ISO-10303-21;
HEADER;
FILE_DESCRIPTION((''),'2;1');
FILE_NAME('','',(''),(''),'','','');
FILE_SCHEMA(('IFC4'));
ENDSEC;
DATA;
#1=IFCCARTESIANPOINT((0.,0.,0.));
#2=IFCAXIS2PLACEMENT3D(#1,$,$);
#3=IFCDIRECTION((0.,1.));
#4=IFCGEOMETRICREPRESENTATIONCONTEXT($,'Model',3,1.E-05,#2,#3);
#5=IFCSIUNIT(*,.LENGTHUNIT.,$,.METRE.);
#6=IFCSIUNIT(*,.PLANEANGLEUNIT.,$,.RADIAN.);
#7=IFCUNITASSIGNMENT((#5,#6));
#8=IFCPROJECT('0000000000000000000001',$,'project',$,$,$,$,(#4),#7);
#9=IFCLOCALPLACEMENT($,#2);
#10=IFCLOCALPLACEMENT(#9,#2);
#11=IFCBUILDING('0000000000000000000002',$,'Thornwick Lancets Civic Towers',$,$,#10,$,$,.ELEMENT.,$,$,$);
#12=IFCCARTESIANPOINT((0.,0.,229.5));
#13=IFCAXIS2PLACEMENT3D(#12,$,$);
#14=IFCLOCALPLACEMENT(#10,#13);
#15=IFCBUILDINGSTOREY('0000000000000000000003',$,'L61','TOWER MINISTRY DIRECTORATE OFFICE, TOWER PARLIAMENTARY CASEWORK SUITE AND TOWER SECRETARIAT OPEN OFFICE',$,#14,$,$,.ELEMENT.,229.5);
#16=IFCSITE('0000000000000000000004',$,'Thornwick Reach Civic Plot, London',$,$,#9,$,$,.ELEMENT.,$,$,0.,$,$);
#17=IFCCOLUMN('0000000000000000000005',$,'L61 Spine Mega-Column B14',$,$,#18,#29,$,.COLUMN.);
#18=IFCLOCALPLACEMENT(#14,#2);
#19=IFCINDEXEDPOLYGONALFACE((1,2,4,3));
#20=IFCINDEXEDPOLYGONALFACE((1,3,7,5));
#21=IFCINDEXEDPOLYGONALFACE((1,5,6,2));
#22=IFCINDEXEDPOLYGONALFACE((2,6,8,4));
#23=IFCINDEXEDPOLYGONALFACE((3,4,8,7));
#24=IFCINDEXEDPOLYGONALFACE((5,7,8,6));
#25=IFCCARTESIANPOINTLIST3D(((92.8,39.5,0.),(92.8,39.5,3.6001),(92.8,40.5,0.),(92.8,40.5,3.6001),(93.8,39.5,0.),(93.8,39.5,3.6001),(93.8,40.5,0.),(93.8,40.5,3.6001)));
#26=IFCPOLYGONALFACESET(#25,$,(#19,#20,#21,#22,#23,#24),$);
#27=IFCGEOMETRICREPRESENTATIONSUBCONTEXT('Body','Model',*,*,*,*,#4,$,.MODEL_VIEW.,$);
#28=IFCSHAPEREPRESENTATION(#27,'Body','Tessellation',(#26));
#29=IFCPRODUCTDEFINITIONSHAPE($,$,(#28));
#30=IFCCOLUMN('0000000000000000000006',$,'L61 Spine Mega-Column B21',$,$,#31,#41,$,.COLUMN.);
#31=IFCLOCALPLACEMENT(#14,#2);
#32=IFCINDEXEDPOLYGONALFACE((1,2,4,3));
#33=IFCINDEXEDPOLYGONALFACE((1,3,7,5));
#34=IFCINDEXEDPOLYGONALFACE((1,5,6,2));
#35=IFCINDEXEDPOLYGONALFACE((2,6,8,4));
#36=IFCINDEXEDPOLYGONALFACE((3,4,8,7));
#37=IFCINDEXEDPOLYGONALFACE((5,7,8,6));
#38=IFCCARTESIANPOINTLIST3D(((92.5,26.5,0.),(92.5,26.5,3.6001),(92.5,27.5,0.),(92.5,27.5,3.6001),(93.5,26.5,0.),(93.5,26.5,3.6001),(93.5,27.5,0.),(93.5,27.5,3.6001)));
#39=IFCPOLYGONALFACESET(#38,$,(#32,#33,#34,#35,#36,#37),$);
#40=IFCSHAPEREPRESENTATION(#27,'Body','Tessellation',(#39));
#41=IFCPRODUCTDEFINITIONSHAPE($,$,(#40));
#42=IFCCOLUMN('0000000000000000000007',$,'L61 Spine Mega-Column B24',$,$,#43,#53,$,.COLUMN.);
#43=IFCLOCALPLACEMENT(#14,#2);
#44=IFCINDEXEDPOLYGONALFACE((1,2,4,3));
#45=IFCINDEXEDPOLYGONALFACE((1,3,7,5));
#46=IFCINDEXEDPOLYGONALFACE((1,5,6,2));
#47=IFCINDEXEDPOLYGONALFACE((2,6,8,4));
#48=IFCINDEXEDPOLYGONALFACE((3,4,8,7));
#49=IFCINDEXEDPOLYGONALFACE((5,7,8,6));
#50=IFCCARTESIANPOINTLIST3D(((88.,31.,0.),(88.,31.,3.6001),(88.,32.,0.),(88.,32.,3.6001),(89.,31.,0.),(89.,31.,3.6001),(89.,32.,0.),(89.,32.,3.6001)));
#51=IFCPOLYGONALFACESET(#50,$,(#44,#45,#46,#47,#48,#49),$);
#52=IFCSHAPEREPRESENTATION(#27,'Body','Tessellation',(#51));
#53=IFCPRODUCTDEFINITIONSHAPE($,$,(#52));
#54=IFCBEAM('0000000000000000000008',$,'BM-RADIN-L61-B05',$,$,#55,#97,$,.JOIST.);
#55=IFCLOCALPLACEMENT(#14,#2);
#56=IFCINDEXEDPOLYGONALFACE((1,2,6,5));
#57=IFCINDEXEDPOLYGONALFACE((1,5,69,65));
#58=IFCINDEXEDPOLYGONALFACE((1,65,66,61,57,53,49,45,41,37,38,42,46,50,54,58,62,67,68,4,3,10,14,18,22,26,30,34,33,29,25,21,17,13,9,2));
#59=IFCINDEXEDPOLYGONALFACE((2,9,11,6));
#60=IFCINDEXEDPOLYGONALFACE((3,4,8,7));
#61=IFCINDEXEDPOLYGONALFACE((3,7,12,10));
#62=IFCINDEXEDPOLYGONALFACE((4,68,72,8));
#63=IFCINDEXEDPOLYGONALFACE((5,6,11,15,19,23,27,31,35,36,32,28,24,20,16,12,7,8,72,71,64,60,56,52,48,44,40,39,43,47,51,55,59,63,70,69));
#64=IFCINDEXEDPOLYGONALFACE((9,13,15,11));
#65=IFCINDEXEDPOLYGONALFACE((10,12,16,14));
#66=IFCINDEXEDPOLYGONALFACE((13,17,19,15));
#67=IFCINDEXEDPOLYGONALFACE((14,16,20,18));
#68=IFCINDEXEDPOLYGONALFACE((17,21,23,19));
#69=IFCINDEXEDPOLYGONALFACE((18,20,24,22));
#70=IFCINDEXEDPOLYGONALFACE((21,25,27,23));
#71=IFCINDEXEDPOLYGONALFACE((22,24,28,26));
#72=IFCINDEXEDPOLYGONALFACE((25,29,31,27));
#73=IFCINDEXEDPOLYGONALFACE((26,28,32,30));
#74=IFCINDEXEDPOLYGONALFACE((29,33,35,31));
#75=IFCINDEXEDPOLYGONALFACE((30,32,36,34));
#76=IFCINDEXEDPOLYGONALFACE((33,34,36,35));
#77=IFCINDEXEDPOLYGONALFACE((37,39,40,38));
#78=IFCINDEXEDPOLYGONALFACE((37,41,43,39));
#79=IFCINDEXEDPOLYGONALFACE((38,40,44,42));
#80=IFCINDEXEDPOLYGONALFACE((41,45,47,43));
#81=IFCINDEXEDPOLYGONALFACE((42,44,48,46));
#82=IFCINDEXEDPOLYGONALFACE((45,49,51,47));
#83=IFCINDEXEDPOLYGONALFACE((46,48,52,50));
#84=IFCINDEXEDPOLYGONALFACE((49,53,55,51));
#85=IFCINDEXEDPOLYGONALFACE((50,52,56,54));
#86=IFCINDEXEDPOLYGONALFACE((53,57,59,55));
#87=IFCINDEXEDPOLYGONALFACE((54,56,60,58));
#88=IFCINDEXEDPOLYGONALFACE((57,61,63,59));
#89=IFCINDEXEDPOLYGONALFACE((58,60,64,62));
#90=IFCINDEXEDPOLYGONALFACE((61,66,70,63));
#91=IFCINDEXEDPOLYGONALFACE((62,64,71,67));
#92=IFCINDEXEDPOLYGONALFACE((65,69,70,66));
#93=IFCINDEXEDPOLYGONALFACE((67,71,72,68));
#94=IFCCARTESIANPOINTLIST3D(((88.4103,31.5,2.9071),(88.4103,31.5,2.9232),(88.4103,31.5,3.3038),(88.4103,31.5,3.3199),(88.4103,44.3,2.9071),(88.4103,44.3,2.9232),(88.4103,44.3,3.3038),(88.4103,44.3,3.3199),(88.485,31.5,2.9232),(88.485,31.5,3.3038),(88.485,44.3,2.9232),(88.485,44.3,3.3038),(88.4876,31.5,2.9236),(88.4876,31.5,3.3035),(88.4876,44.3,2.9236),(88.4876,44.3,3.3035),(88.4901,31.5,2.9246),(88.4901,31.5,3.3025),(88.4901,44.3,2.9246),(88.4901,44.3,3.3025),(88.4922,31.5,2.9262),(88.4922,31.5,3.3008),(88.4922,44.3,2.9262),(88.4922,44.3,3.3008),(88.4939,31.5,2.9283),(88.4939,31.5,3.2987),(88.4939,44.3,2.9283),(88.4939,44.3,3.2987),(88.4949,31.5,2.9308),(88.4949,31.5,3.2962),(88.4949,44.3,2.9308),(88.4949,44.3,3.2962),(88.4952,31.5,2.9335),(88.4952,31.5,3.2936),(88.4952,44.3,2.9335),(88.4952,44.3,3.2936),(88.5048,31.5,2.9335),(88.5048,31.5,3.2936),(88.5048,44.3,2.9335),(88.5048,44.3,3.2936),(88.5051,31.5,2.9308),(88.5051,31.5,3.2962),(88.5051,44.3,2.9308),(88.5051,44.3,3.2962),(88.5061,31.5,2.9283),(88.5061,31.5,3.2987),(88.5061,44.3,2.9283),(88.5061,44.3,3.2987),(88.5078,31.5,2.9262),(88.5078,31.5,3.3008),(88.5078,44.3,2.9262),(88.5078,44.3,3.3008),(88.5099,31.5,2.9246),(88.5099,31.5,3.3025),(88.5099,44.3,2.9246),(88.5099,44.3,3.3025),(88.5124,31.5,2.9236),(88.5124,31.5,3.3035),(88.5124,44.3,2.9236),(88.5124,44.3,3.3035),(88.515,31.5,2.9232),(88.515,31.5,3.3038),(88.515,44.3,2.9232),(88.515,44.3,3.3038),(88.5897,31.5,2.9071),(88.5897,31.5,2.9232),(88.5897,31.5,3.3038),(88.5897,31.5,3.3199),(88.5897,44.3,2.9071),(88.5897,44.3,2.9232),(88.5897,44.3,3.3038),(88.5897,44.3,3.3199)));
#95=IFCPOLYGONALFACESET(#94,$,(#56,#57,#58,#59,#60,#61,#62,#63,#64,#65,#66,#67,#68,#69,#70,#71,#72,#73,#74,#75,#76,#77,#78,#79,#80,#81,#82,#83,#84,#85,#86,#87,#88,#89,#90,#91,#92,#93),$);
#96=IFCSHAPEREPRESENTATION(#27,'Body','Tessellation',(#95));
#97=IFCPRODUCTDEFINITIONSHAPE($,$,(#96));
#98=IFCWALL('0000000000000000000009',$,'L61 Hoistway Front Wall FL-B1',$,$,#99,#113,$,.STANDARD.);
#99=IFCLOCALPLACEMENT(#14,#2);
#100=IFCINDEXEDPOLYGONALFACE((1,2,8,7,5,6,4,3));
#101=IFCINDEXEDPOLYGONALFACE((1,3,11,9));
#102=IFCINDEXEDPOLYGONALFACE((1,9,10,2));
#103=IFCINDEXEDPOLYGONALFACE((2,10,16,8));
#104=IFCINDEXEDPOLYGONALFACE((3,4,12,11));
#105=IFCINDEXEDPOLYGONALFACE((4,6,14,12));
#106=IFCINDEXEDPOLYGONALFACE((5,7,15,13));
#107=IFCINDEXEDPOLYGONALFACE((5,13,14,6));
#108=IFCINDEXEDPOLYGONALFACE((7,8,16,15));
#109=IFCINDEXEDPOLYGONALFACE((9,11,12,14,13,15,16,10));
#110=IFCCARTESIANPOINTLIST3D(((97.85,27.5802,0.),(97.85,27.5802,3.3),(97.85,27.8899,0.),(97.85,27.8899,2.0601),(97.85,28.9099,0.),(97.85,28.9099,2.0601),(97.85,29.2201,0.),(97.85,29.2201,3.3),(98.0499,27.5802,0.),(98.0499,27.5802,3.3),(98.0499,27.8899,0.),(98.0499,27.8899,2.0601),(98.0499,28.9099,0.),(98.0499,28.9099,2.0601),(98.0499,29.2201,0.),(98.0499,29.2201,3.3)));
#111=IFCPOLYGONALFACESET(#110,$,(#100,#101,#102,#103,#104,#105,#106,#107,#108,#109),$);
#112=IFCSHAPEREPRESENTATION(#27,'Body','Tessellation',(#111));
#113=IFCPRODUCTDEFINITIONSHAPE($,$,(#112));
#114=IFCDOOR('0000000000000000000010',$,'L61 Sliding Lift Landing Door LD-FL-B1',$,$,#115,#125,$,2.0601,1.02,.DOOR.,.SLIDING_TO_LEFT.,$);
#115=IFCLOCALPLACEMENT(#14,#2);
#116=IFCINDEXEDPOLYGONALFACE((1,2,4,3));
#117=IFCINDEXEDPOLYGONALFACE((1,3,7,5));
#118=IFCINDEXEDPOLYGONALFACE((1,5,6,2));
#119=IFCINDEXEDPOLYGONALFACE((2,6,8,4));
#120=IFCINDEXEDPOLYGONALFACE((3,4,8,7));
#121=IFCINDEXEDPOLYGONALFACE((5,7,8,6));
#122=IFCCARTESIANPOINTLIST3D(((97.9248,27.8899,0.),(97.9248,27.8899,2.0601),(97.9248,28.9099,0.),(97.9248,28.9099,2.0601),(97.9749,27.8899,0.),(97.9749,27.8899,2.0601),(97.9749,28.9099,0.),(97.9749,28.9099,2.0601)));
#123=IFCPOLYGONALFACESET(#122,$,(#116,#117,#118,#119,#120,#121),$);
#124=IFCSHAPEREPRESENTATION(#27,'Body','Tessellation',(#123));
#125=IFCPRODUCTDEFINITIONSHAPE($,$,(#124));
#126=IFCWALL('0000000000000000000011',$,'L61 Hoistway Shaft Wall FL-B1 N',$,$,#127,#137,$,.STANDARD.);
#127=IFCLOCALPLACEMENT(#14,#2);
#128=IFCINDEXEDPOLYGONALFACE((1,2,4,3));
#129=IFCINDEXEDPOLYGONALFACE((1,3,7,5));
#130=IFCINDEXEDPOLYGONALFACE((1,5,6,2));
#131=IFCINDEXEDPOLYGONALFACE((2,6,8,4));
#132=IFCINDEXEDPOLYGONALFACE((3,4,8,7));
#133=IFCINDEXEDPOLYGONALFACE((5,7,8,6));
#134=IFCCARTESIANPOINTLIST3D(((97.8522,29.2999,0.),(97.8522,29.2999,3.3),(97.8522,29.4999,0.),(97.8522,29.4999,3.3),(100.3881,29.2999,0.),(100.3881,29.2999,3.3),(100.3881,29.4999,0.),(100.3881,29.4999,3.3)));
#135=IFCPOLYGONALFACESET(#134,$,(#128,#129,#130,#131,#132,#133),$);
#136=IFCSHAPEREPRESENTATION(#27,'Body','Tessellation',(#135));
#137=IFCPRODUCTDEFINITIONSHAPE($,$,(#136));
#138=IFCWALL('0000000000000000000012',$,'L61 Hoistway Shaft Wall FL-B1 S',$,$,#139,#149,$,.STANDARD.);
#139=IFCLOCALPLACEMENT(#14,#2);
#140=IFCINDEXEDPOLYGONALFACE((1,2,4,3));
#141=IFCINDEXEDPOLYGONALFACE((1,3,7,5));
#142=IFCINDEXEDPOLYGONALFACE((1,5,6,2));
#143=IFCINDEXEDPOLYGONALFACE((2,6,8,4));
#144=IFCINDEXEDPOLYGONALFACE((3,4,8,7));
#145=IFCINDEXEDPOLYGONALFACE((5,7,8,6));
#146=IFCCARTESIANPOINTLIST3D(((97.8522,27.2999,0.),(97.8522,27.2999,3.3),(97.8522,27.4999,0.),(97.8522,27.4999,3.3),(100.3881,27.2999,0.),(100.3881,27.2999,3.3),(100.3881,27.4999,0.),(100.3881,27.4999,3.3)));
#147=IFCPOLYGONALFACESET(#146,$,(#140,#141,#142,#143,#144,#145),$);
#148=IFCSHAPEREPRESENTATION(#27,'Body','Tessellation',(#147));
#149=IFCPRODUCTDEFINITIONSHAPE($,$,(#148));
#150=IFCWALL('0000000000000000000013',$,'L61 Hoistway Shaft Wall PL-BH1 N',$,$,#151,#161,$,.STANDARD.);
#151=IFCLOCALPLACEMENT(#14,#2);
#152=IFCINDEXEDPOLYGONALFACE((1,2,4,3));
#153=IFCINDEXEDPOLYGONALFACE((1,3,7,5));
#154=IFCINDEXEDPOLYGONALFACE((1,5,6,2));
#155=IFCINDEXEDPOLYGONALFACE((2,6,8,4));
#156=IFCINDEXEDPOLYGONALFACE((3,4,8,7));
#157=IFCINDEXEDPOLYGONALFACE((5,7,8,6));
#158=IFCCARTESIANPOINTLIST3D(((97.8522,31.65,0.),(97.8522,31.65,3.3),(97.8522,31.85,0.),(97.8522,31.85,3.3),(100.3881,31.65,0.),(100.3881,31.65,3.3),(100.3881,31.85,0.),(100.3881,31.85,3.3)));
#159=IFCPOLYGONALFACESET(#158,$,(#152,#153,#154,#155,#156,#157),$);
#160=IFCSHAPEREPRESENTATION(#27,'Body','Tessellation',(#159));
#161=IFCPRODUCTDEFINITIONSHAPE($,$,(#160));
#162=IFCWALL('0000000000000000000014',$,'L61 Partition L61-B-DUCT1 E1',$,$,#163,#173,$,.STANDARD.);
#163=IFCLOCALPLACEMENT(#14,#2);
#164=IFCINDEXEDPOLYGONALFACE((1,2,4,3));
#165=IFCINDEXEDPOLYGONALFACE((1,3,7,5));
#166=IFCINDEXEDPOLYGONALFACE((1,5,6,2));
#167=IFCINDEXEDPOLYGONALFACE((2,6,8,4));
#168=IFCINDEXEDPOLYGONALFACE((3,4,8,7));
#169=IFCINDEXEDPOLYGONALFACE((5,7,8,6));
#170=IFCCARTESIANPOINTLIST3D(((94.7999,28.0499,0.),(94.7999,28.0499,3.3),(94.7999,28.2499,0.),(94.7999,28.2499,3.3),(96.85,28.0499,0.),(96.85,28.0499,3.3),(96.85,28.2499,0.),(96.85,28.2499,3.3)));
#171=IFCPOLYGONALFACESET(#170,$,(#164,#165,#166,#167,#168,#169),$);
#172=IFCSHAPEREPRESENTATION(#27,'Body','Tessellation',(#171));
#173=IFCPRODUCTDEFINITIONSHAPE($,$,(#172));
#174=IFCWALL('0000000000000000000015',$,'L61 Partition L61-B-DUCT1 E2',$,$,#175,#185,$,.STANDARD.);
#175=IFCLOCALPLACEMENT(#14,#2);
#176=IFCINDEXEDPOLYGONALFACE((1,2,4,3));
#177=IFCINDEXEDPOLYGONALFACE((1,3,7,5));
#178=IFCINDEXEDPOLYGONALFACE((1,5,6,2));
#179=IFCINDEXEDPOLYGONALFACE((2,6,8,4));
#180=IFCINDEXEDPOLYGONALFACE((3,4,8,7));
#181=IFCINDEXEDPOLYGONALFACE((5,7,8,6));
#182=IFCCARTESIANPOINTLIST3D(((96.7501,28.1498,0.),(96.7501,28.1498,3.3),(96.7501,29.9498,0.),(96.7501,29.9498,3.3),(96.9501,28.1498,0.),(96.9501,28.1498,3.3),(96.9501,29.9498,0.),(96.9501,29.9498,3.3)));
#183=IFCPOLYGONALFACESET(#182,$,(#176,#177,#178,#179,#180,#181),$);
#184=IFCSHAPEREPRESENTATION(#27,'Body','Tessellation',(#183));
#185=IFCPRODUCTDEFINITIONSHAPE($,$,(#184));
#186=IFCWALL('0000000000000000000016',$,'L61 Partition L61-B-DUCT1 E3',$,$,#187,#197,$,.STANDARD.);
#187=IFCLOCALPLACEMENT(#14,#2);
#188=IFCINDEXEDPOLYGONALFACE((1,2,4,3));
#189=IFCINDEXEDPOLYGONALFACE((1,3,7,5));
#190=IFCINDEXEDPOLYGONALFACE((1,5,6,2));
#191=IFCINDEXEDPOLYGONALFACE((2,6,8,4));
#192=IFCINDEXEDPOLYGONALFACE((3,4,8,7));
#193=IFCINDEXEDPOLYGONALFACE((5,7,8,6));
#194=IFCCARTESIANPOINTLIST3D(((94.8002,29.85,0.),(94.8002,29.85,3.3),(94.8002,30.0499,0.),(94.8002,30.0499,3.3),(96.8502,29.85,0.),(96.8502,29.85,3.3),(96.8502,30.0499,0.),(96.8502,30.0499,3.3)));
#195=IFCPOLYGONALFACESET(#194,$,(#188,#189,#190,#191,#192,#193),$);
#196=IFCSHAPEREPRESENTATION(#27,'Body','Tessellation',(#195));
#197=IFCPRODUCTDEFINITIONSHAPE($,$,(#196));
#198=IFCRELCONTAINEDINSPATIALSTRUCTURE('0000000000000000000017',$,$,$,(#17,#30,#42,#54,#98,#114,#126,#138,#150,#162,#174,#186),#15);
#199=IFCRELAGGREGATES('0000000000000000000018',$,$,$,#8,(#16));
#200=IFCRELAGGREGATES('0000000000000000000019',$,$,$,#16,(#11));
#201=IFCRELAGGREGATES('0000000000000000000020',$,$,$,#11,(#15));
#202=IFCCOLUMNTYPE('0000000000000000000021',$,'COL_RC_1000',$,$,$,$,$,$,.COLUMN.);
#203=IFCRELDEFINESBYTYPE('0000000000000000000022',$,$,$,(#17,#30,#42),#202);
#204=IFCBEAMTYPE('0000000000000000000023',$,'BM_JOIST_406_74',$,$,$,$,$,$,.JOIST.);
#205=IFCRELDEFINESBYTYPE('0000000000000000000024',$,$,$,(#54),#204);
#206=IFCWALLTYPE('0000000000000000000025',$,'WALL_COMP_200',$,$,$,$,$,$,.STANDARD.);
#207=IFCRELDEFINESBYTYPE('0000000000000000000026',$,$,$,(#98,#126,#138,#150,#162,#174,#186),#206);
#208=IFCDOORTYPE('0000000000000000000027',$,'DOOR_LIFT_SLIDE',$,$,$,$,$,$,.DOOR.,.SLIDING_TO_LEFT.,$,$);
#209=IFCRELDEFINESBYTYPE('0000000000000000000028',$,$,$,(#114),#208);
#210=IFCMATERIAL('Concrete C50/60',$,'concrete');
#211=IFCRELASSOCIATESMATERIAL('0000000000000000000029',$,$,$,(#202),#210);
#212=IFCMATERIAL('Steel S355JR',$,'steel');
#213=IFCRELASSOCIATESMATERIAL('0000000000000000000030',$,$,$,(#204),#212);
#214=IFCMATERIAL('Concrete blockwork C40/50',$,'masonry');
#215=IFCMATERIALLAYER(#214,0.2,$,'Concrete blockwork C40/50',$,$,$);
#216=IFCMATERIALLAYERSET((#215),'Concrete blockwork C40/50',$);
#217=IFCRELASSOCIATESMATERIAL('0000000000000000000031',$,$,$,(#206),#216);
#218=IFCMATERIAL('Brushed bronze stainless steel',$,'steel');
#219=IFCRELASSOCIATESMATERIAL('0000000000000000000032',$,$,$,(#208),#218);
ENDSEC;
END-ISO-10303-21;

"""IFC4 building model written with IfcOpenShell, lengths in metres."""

from ifc_helpers import new_model, si_unit, direction, frame, frame_2d, origin, origin_2d, place, context, subcontext, project, spatial, rectangle, i_section, extrude, material, layer, layer_set, material_profile, profile_set, type_object, element, fill, save


model = new_model("IFC4")

# Units and contexts
model_context = context("Model", 3, precision=1e-05, world=origin(), true_north=direction((0.0, 1.0)))
body_context = subcontext(model_context, "Body", "Model", "MODEL_VIEW")
ifc_project = project(units=[si_unit("LENGTHUNIT", "METRE"), si_unit("PLANEANGLEUNIT", "RADIAN")], contexts=[model_context])

# Site, building, storey
site_placement = place(None, origin())
site = spatial("IfcSite", under=ifc_project, at=site_placement, Name="Thornwick Reach Civic Plot, London", CompositionType="ELEMENT", RefElevation=0.0)
building_placement = place(site_placement, origin())
building = spatial("IfcBuilding", under=site, at=building_placement, Name="Thornwick Lancets Civic Towers", CompositionType="ELEMENT")
storey_placement = place(building_placement, frame((0.0, 0.0, 229.5)))
storey = spatial("IfcBuildingStorey", under=building, at=storey_placement, Name="L61", Description="TOWER MINISTRY DIRECTORATE OFFICE, TOWER PARLIAMENTARY CASEWORK SUITE AND TOWER SECRETARIAT OPEN OFFICE", CompositionType="ELEMENT", Elevation=229.5)

# Columns
ifc_material_1 = material(Name="Concrete C50/60", Category="concrete")
ifc_material_profile_1 = material_profile(ifc_material_1, rectangle(XDim=1.0, YDim=1.0, at=origin_2d()), Name="RC 1000x1000")
ifc_profile_set_1 = profile_set([ifc_material_profile_1], Name="Concrete C50/60")
column_type = type_object("IfcColumnType", Name="COL_RC_1000", PredefinedType="COLUMN", material=ifc_profile_set_1)
for number, where, z_axis, x_axis, name in (
    (1, (93.3, 40.0, 0.0), (0.0, 0.0, 1.0), (1.0, 0.0, 0.0), "L61 Spine Mega-Column B14"),
    (2, (93.0, 27.0, 0.0), (0.0, 0.0, 1.0), (1.0, 0.0, 0.0), "L61 Spine Mega-Column B21"),
    (3, (88.5, 31.5, 0.0), (0.0, 0.0, 1.0), (1.0, 0.0, 0.0), "L61 Spine Mega-Column B24"),
):
    element("IfcColumn", number, at=place(storey_placement, frame(where, z_axis=z_axis, x_axis=x_axis)), inside=storey, type_object=column_type, Name=name, PredefinedType="COLUMN", context=body_context, shape_type="SweptSolid", body=[
        extrude(rectangle(XDim=1.0, YDim=1.0, at=origin_2d()), origin(), (0.0, 0.0, 1.0), 3.6001),
    ])

# Beam
ifc_material_2 = material(Name="Steel S355JR", Category="steel")
ifc_material_profile_2 = material_profile(ifc_material_2, i_section(OverallWidth=0.1794, OverallDepth=0.4128, WebThickness=0.0095, FlangeThickness=0.0161, FilletRadius=0.0103, at=origin_2d()), Name="UKB 406x178x74")
ifc_profile_set_2 = profile_set([ifc_material_profile_2], Name="Steel S355JR")
beam_type = type_object("IfcBeamType", Name="BM_JOIST_406_74", PredefinedType="JOIST", material=ifc_profile_set_2)
beam_placement = place(storey_placement, frame((88.5, 31.5, 3.1135), z_axis=(0.0, 1.0, 0.0), x_axis=(-1.0, 0.0, 0.0)))
element("IfcBeam", 4, at=beam_placement, inside=storey, type_object=beam_type, Name="BM-RADIN-L61-B05", PredefinedType="JOIST", context=body_context, shape_type="SweptSolid", body=[
    extrude(i_section(OverallWidth=0.1794, OverallDepth=0.4128, WebThickness=0.0095, FlangeThickness=0.0161, FilletRadius=0.0103, at=origin_2d()), origin(), (0.0, 0.0, 1.0), 12.8),
])

# Wall, opening, door
ifc_material_3 = material(Name="Concrete blockwork C40/50", Category="masonry")
ifc_layer_1 = layer(ifc_material_3, 0.2, Name="Concrete blockwork C40/50")
ifc_layer_set_1 = layer_set([ifc_layer_1], Name="Concrete blockwork C40/50")
wall_type_1 = type_object("IfcWallType", Name="WALL_COMP_200", PredefinedType="STANDARD", material=ifc_layer_set_1)
wall_1_placement = place(storey_placement, frame((97.95, 29.22, 0.0), z_axis=(0.0, 0.0, 1.0), x_axis=(0.0, -1.0, 0.0)))
wall_1 = element("IfcWall", 5, at=wall_1_placement, inside=storey, type_object=wall_type_1, Name="L61 Hoistway Front Wall FL-B1", PredefinedType="STANDARD", context=body_context, shape_type="SweptSolid", body=[
    extrude(rectangle(XDim=1.6399, YDim=0.2, at=frame_2d((0.8198, 0.0))), origin(), (0.0, 0.0, 1.0), 3.3),
])
opening_1_placement = place(wall_1_placement, frame((0.3101, 0.0, 0.0)))
opening_1 = element("IfcOpeningElement", 6, at=opening_1_placement, cuts=wall_1, PredefinedType="OPENING", context=body_context, shape_type="SweptSolid", body=[
    extrude(rectangle(XDim=1.02, YDim=2.0601, at=frame_2d((0.51, 1.03))), frame((0.0, 0.1099, 0.0), z_axis=(0.0, -1.0, 0.0), x_axis=(1.0, 0.0, 0.0)), (0.0, 0.0, 1.0), 0.22),
])
ifc_material_4 = material(Name="Brushed bronze stainless steel", Category="steel")
door_type_1 = type_object("IfcDoorType", Name="DOOR_LIFT_SLIDE", OperationType="SLIDING_TO_LEFT", PredefinedType="DOOR", material=ifc_material_4)
door_1_placement = place(opening_1_placement, origin())
door_1 = element("IfcDoor", 7, at=door_1_placement, inside=storey, type_object=door_type_1, Name="L61 Sliding Lift Landing Door LD-FL-B1", OperationType="SLIDING_TO_LEFT", OverallHeight=2.0601, OverallWidth=1.02, PredefinedType="DOOR", context=body_context, shape_type="SweptSolid", body=[
    extrude(rectangle(XDim=1.02, YDim=2.0601, at=frame_2d((0.51, 1.03))), frame((0.0, 0.0249, 0.0), z_axis=(0.0, -1.0, 0.0), x_axis=(1.0, 0.0, 0.0)), (0.0, 0.0, 1.0), 0.05),
])
fill(opening_1, door_1)

# Walls
for number, where, z_axis, x_axis, name in (
    (8, (97.8521, 29.3999, 0.0), (0.0, 0.0, 1.0), (1.0, 0.0, 0.0), "L61 Hoistway Shaft Wall FL-B1 N"),
    (9, (97.8521, 27.3999, 0.0), (0.0, 0.0, 1.0), (1.0, 0.0, 0.0), "L61 Hoistway Shaft Wall FL-B1 S"),
    (10, (97.8521, 31.75, 0.0), (0.0, 0.0, 1.0), (1.0, 0.0, 0.0), "L61 Hoistway Shaft Wall PL-BH1 N"),
):
    element("IfcWall", number, at=place(storey_placement, frame(where, z_axis=z_axis, x_axis=x_axis)), inside=storey, type_object=wall_type_1, Name=name, PredefinedType="STANDARD", context=body_context, shape_type="SweptSolid", body=[
        extrude(rectangle(XDim=2.5359, YDim=0.2, at=frame_2d((1.2681, 0.0))), origin(), (0.0, 0.0, 1.0), 3.3),
    ])
wall_2_placement = place(storey_placement, frame((94.8, 28.1499, 0.0), z_axis=(0.0, 0.0, 1.0), x_axis=(1.0, 0.0, 0.0)))
element("IfcWall", 11, at=wall_2_placement, inside=storey, type_object=wall_type_1, Name="L61 Partition L61-B-DUCT1 E1", PredefinedType="STANDARD", context=body_context, shape_type="SweptSolid", body=[
    extrude(rectangle(XDim=2.05, YDim=0.2, at=frame_2d((1.0249, 0.0))), origin(), (0.0, 0.0, 1.0), 3.3),
])
wall_3_placement = place(storey_placement, frame((96.8501, 28.1499, 0.0), z_axis=(0.0, 0.0, 1.0), x_axis=(0.0, 1.0, 0.0)))
element("IfcWall", 12, at=wall_3_placement, inside=storey, type_object=wall_type_1, Name="L61 Partition L61-B-DUCT1 E2", PredefinedType="STANDARD", context=body_context, shape_type="SweptSolid", body=[
    extrude(rectangle(XDim=1.8, YDim=0.2, at=frame_2d((0.8999, 0.0))), origin(), (0.0, 0.0, 1.0), 3.3),
])
wall_4_placement = place(storey_placement, frame((96.8501, 29.95, 0.0), z_axis=(0.0, 0.0, 1.0), x_axis=(-1.0, 0.0, 0.0)))
element("IfcWall", 13, at=wall_4_placement, inside=storey, type_object=wall_type_1, Name="L61 Partition L61-B-DUCT1 E3", PredefinedType="STANDARD", context=body_context, shape_type="SweptSolid", body=[
    extrude(rectangle(XDim=2.05, YDim=0.2, at=frame_2d((1.0249, 0.0))), origin(), (0.0, 0.0, 1.0), 3.3),
])

save(model, "model.ifc")
